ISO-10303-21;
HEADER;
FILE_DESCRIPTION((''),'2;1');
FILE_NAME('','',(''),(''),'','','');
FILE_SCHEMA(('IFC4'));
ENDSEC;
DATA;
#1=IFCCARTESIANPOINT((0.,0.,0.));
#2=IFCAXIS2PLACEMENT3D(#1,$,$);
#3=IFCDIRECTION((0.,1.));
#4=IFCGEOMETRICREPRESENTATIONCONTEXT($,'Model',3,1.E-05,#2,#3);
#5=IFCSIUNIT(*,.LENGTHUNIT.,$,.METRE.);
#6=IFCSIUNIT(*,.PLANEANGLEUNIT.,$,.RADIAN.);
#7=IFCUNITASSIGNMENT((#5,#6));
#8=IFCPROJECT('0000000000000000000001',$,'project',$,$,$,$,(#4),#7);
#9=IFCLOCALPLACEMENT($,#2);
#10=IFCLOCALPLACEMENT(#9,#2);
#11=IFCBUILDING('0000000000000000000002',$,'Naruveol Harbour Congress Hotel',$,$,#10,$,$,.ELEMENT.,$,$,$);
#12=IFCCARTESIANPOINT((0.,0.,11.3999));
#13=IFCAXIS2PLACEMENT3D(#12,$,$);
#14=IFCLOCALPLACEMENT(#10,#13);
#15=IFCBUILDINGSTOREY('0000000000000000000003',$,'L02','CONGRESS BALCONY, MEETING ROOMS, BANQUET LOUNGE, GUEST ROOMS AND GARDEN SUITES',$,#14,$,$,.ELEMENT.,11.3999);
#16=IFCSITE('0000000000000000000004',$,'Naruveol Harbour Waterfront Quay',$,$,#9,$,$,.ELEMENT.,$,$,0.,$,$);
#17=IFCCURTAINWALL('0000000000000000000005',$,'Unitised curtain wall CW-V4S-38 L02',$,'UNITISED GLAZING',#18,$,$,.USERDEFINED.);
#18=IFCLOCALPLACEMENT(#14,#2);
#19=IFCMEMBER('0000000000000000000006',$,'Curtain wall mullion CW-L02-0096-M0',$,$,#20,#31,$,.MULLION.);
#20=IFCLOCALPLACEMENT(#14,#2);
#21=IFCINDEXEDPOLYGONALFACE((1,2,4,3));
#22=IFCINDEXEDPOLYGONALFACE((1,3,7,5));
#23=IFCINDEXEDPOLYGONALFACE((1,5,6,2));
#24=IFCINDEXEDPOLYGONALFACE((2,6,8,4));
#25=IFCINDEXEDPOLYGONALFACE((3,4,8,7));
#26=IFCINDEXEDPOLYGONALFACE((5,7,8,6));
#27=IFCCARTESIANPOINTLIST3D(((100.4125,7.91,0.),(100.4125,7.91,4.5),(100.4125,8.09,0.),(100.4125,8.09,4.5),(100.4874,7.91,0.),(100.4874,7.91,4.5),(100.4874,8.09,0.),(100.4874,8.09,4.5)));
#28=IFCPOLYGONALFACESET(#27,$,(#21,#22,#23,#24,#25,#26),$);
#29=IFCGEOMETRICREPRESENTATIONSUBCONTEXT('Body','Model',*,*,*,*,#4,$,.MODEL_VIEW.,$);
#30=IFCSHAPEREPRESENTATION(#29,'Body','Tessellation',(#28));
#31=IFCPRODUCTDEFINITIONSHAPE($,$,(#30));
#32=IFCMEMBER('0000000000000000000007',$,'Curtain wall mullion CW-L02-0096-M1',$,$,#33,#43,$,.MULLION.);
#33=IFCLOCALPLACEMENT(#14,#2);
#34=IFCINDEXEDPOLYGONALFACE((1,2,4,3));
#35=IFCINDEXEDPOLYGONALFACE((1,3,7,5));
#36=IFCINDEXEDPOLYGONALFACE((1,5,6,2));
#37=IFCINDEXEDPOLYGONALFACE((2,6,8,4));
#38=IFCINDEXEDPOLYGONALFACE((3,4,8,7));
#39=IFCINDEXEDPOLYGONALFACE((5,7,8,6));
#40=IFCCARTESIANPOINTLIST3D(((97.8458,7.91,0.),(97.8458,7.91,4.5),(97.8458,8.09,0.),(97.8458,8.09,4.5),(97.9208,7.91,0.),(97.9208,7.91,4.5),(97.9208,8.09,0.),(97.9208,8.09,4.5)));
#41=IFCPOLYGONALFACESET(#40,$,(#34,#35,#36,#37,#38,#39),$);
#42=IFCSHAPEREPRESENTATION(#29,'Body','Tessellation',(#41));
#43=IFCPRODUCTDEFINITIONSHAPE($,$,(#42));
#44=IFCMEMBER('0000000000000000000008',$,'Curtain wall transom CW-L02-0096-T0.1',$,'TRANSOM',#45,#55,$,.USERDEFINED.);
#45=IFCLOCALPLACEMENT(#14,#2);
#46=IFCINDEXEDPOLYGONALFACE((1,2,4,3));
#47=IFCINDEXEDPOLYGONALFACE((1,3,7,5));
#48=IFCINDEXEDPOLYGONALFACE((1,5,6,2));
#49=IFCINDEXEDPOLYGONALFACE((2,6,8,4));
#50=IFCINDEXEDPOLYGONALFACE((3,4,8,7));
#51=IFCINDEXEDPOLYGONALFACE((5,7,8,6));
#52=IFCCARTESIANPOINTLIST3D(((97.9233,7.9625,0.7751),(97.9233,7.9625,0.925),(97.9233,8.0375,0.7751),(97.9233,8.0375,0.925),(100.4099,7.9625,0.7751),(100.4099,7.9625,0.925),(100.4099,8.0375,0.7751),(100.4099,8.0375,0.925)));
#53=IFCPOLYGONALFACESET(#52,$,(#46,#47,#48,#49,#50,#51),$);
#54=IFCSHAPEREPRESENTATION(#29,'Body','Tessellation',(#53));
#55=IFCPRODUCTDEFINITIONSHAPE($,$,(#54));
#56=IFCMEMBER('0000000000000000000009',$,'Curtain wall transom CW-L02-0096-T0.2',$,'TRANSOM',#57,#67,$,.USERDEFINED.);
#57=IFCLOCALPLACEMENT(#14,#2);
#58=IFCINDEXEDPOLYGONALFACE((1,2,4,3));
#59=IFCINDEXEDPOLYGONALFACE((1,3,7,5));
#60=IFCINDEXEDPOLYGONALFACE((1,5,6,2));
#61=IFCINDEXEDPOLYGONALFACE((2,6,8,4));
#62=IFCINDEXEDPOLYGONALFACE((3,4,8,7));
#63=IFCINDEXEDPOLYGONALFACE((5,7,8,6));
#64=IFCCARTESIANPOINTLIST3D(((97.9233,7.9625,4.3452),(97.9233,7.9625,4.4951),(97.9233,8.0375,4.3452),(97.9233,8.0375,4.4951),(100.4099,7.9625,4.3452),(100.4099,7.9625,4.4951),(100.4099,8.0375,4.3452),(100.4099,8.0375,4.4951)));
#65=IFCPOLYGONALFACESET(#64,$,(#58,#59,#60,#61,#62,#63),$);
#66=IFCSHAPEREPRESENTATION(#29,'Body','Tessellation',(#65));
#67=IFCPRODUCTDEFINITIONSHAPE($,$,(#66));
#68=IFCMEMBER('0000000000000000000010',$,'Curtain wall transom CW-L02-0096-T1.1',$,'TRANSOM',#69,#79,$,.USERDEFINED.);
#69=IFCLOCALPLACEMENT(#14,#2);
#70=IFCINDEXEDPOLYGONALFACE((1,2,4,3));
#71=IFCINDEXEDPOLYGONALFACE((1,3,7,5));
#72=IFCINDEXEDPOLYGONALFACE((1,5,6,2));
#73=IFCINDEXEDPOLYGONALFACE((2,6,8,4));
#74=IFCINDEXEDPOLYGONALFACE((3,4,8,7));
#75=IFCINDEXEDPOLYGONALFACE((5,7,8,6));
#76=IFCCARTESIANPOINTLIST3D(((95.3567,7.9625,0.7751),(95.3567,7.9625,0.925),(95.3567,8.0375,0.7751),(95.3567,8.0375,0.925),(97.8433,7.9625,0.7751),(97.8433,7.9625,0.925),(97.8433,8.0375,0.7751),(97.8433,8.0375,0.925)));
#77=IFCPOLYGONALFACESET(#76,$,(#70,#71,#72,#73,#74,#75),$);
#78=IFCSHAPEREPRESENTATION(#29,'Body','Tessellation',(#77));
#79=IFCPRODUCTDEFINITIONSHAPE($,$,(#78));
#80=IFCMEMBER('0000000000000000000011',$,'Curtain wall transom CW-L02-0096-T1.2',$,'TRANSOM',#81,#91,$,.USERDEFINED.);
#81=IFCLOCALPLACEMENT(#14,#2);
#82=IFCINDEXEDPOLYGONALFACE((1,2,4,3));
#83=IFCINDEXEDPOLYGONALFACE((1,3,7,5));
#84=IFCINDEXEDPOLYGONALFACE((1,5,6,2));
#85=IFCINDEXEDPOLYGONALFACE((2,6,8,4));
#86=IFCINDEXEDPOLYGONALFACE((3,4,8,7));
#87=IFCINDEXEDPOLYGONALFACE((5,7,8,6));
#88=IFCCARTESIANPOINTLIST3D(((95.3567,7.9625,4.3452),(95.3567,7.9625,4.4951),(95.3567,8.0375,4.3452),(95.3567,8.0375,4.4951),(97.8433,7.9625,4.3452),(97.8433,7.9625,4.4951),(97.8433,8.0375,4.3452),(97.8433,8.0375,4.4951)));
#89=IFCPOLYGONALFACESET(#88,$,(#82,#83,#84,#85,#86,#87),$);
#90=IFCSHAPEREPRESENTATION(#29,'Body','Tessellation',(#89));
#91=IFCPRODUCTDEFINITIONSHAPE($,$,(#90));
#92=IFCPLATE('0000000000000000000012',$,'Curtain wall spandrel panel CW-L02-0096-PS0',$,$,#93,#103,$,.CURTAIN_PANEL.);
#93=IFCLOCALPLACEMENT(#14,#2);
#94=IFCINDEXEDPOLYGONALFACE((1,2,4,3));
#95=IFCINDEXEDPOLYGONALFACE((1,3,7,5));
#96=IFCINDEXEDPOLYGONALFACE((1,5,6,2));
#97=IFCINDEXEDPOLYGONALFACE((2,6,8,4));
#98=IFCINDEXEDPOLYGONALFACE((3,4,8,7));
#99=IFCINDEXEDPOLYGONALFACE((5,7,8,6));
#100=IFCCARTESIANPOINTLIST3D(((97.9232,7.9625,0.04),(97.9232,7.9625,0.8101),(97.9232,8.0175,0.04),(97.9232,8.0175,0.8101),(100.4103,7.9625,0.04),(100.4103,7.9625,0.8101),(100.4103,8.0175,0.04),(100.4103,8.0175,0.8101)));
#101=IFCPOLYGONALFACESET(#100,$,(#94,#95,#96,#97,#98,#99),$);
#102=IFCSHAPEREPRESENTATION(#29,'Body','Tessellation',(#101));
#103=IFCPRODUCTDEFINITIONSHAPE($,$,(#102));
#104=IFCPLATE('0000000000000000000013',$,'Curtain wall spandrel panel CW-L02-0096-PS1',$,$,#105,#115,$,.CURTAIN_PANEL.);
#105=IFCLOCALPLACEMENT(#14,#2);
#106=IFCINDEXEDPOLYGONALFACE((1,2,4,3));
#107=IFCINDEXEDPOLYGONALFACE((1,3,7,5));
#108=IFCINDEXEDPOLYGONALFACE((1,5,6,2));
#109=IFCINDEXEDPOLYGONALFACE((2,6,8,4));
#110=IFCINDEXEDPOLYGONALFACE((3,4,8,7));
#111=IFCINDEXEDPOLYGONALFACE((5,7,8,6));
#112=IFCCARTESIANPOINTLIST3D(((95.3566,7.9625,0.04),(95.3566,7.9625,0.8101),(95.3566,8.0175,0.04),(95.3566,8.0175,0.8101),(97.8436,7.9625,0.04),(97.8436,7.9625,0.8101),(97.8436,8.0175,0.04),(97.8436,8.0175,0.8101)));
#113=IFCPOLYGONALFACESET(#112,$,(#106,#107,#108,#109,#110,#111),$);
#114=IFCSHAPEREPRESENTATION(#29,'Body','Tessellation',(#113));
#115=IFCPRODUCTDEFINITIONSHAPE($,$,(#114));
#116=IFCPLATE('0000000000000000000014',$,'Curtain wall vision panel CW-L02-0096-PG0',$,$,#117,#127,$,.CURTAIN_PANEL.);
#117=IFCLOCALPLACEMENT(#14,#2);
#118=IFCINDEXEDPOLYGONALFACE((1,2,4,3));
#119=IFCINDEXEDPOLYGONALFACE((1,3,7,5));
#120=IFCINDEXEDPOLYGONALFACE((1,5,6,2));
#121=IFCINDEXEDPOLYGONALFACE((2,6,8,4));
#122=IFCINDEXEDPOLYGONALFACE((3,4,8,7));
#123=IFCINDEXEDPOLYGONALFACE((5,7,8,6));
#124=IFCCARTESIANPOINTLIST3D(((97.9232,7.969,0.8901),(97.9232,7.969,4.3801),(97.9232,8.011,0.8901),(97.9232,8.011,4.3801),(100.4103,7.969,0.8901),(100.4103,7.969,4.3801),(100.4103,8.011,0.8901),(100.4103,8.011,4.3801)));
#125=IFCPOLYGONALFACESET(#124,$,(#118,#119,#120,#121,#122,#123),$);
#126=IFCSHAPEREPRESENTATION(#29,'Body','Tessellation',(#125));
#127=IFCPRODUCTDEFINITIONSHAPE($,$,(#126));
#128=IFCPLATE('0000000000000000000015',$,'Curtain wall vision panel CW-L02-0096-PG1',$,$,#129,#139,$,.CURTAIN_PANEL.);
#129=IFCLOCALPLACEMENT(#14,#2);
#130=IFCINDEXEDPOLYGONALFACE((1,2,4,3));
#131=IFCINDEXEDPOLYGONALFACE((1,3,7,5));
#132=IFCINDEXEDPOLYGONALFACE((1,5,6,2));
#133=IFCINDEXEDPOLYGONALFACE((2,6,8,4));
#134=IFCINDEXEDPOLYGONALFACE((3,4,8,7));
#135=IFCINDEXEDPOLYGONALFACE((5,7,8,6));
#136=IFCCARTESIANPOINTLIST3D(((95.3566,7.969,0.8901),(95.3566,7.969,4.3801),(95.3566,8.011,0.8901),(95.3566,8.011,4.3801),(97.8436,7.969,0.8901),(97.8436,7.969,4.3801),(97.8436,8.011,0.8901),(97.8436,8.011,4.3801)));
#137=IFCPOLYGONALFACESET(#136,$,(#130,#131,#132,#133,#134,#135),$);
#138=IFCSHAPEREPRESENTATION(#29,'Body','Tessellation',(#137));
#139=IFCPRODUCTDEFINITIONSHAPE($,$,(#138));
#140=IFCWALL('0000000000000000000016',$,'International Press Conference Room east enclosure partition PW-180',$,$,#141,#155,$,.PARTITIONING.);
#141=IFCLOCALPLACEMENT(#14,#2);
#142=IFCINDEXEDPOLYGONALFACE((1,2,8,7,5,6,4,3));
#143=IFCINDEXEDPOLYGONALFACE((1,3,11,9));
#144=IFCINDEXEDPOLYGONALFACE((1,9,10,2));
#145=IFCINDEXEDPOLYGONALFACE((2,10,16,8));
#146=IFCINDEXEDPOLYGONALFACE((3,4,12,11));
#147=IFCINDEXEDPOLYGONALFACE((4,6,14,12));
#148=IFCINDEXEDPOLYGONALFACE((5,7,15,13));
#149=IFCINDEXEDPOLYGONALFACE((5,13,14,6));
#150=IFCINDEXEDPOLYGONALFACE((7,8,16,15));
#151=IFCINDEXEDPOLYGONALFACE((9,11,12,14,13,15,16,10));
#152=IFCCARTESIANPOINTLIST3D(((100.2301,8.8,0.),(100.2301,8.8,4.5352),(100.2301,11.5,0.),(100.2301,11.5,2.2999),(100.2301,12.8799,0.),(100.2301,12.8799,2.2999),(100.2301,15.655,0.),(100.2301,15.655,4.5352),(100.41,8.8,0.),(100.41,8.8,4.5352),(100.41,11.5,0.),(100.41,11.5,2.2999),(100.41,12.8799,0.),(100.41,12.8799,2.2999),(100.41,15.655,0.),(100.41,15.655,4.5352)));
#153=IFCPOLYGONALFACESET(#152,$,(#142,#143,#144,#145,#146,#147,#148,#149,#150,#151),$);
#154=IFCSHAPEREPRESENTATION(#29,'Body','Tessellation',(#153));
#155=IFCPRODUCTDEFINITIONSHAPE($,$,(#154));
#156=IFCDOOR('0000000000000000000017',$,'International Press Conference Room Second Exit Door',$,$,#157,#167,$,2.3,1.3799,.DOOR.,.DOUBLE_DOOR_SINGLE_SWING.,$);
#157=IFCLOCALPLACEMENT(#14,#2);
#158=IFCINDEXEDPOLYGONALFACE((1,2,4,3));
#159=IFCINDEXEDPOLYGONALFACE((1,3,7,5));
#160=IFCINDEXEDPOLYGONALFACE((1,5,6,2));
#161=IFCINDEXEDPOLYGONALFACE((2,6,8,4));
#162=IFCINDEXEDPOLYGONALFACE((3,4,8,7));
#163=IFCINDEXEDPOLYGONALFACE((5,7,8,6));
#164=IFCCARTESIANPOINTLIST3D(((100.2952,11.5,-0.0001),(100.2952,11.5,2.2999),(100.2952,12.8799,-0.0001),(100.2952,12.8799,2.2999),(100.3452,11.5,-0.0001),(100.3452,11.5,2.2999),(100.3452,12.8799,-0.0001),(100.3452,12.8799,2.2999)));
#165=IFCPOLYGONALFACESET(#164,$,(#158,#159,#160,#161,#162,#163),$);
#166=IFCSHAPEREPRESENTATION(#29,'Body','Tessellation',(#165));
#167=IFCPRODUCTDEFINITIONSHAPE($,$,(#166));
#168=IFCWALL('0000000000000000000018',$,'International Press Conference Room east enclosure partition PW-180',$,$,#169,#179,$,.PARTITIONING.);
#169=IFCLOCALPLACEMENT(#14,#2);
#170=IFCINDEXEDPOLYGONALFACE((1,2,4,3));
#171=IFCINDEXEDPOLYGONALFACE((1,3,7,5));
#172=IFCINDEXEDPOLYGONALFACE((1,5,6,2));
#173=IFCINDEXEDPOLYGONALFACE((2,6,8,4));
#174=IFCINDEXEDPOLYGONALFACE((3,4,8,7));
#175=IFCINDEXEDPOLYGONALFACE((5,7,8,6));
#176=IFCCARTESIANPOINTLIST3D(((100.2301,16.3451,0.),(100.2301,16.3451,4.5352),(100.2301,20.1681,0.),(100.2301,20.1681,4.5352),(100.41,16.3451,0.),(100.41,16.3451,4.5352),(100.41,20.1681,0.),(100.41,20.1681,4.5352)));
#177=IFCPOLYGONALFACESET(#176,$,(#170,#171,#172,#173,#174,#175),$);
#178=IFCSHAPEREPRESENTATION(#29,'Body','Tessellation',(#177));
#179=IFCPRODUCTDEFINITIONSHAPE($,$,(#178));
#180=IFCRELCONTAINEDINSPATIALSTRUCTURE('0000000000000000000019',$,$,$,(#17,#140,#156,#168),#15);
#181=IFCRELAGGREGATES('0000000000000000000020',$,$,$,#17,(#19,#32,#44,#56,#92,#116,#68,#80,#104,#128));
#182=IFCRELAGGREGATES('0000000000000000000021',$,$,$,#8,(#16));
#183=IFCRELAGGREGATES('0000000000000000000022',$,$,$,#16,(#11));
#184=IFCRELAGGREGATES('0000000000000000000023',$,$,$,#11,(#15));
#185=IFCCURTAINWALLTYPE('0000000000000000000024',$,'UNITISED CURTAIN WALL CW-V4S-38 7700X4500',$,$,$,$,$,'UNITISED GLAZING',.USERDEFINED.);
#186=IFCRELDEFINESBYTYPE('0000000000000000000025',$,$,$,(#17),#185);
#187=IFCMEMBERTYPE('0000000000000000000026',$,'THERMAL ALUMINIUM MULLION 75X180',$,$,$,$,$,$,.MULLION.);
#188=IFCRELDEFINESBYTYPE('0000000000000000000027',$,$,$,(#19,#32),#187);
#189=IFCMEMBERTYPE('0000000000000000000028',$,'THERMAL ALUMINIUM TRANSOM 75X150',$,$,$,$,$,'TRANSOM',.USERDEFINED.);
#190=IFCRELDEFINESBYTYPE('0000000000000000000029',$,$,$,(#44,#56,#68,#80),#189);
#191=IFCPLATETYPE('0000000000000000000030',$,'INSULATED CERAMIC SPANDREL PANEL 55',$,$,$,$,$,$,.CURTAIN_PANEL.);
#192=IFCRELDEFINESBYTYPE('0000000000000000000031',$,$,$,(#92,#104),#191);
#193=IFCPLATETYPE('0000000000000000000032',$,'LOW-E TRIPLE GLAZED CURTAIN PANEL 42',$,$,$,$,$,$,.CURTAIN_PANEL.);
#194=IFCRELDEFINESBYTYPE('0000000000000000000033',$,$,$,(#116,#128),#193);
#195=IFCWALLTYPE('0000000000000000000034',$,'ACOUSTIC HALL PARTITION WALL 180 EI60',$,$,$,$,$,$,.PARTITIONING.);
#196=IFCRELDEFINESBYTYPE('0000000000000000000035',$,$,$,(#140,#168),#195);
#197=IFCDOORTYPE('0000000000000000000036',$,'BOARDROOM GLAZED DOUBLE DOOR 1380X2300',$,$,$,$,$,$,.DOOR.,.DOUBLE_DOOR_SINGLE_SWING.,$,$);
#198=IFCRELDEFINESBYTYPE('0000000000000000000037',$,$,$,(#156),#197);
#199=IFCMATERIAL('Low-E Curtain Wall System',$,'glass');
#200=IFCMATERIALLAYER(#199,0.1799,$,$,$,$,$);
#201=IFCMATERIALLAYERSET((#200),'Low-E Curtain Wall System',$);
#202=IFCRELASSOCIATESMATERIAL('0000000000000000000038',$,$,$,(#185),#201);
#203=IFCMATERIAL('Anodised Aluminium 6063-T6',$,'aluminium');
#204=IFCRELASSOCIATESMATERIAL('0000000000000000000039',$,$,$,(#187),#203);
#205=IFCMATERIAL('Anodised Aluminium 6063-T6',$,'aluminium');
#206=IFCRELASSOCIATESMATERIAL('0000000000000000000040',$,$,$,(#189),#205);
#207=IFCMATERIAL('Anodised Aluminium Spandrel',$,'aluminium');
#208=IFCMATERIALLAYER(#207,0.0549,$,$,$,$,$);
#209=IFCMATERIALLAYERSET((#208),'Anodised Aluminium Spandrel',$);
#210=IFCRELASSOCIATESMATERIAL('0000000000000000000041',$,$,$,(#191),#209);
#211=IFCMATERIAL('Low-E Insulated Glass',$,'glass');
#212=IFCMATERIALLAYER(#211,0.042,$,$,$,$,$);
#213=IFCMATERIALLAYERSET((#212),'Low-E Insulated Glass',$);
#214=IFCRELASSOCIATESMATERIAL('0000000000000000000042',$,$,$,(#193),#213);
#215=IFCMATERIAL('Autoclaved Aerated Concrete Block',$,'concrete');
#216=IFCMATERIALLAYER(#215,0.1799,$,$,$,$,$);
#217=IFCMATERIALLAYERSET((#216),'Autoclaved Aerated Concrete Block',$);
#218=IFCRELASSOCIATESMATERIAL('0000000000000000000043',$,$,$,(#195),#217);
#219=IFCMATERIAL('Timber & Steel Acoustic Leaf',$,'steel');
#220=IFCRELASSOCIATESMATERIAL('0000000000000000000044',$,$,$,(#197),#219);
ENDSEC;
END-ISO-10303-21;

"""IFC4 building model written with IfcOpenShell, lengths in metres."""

from ifc_helpers import new_model, si_unit, direction, frame, frame_2d, origin, origin_2d, place, context, subcontext, project, spatial, rectangle, extrude, material, layer, layer_set, material_profile, profile_set, type_object, element, fill, aggregate, save


model = new_model("IFC4")

# Units and contexts
model_context = context("Model", 3, precision=1e-05, world=origin(), true_north=direction((0.0, 1.0)))
body_context = subcontext(model_context, "Body", "Model", "MODEL_VIEW")
ifc_project = project(units=[si_unit("LENGTHUNIT", "METRE"), si_unit("PLANEANGLEUNIT", "RADIAN")], contexts=[model_context])

# Site, building, storey
site_placement = place(None, origin())
site = spatial("IfcSite", under=ifc_project, at=site_placement, Name="Naruveol Harbour Waterfront Quay", CompositionType="ELEMENT", RefElevation=0.0)
building_placement = place(site_placement, origin())
building = spatial("IfcBuilding", under=site, at=building_placement, Name="Naruveol Harbour Congress Hotel", CompositionType="ELEMENT")
storey_placement = place(building_placement, frame((0.0, 0.0, 11.3999)))
storey = spatial("IfcBuildingStorey", under=building, at=storey_placement, Name="L02", Description="CONGRESS BALCONY, MEETING ROOMS, BANQUET LOUNGE, GUEST ROOMS AND GARDEN SUITES", CompositionType="ELEMENT", Elevation=11.3999)

# Curtain wall, members, plates
ifc_material_1 = material(Name="Low-E Curtain Wall System", Category="glass")
ifc_layer_1 = layer(ifc_material_1, 0.1799)
ifc_layer_set_1 = layer_set([ifc_layer_1], Name="Low-E Curtain Wall System")
curtain_wall_type = type_object("IfcCurtainWallType", Name="UNITISED CURTAIN WALL CW-V4S-38 7700X4500", ElementType="UNITISED GLAZING", PredefinedType="USERDEFINED", material=ifc_layer_set_1)
curtain_wall_placement = place(storey_placement, origin())
curtain_wall = element("IfcCurtainWall", 1, at=curtain_wall_placement, inside=storey, type_object=curtain_wall_type, Name="Unitised curtain wall CW-V4S-38 L02", ObjectType="UNITISED GLAZING", PredefinedType="USERDEFINED")
ifc_material_2 = material(Name="Anodised Aluminium 6063-T6", Category="aluminium")
ifc_material_profile_1 = material_profile(ifc_material_2, rectangle(XDim=0.075, YDim=0.1799, at=origin_2d()), Name="ALU-75x180")
ifc_profile_set_1 = profile_set([ifc_material_profile_1], Name="Anodised Aluminium 6063-T6")
member_type_1 = type_object("IfcMemberType", Name="THERMAL ALUMINIUM MULLION 75X180", PredefinedType="MULLION", material=ifc_profile_set_1)
member_1_placement = place(storey_placement, frame((100.45, 8.0, 0.0), z_axis=(0.0, 0.0, 1.0), x_axis=(1.0, 0.0, 0.0)))
member_1 = element("IfcMember", 2, at=member_1_placement, type_object=member_type_1, Name="Curtain wall mullion CW-L02-0096-M0", PredefinedType="MULLION", context=body_context, shape_type="SweptSolid", body=[
    extrude(rectangle(XDim=0.075, YDim=0.1799, at=origin_2d()), origin(), (0.0, 0.0, 1.0), 4.5),
])
member_2_placement = place(storey_placement, frame((97.8833, 8.0, 0.0), z_axis=(0.0, 0.0, 1.0), x_axis=(1.0, 0.0, 0.0)))
member_2 = element("IfcMember", 3, at=member_2_placement, type_object=member_type_1, Name="Curtain wall mullion CW-L02-0096-M1", PredefinedType="MULLION", context=body_context, shape_type="SweptSolid", body=[
    extrude(rectangle(XDim=0.075, YDim=0.1799, at=origin_2d()), origin(), (0.0, 0.0, 1.0), 4.5),
])
ifc_material_3 = material(Name="Anodised Aluminium 6063-T6", Category="aluminium")
ifc_material_profile_2 = material_profile(ifc_material_3, rectangle(XDim=0.075, YDim=0.1499, at=origin_2d()), Name="ALU-75x150")
ifc_profile_set_2 = profile_set([ifc_material_profile_2], Name="Anodised Aluminium 6063-T6")
member_type_2 = type_object("IfcMemberType", Name="THERMAL ALUMINIUM TRANSOM 75X150", ElementType="TRANSOM", PredefinedType="USERDEFINED", material=ifc_profile_set_2)
member_3_placement = place(storey_placement, frame((100.4099, 8.0, 0.8501), z_axis=(-1.0, 0.0, 0.0), x_axis=(0.0, -1.0, 0.0)))
member_3 = element("IfcMember", 4, at=member_3_placement, type_object=member_type_2, Name="Curtain wall transom CW-L02-0096-T0.1", ObjectType="TRANSOM", PredefinedType="USERDEFINED", context=body_context, shape_type="SweptSolid", body=[
    extrude(rectangle(XDim=0.075, YDim=0.1499, at=origin_2d()), origin(), (0.0, 0.0, 1.0), 2.4866),
])
member_4_placement = place(storey_placement, frame((100.4099, 8.0, 4.4202), z_axis=(-1.0, 0.0, 0.0), x_axis=(0.0, -1.0, 0.0)))
member_4 = element("IfcMember", 5, at=member_4_placement, type_object=member_type_2, Name="Curtain wall transom CW-L02-0096-T0.2", ObjectType="TRANSOM", PredefinedType="USERDEFINED", context=body_context, shape_type="SweptSolid", body=[
    extrude(rectangle(XDim=0.075, YDim=0.1499, at=origin_2d()), origin(), (0.0, 0.0, 1.0), 2.4866),
])
member_5_placement = place(storey_placement, frame((97.8433, 8.0, 0.8501), z_axis=(-1.0, 0.0, 0.0), x_axis=(0.0, -1.0, 0.0)))
member_5 = element("IfcMember", 6, at=member_5_placement, type_object=member_type_2, Name="Curtain wall transom CW-L02-0096-T1.1", ObjectType="TRANSOM", PredefinedType="USERDEFINED", context=body_context, shape_type="SweptSolid", body=[
    extrude(rectangle(XDim=0.075, YDim=0.1499, at=origin_2d()), origin(), (0.0, 0.0, 1.0), 2.4866),
])
member_6_placement = place(storey_placement, frame((97.8433, 8.0, 4.4202), z_axis=(-1.0, 0.0, 0.0), x_axis=(0.0, -1.0, 0.0)))
member_6 = element("IfcMember", 7, at=member_6_placement, type_object=member_type_2, Name="Curtain wall transom CW-L02-0096-T1.2", ObjectType="TRANSOM", PredefinedType="USERDEFINED", context=body_context, shape_type="SweptSolid", body=[
    extrude(rectangle(XDim=0.075, YDim=0.1499, at=origin_2d()), origin(), (0.0, 0.0, 1.0), 2.4866),
])
ifc_material_4 = material(Name="Anodised Aluminium Spandrel", Category="aluminium")
ifc_layer_2 = layer(ifc_material_4, 0.0549)
ifc_layer_set_2 = layer_set([ifc_layer_2], Name="Anodised Aluminium Spandrel")
plate_type_1 = type_object("IfcPlateType", Name="INSULATED CERAMIC SPANDREL PANEL 55", PredefinedType="CURTAIN_PANEL", material=ifc_layer_set_2)
plate_1_placement = place(storey_placement, frame((99.1667, 7.99, 0.04), z_axis=(0.0, 0.0, 1.0), x_axis=(-1.0, 0.0, 0.0)))
plate_1 = element("IfcPlate", 8, at=plate_1_placement, type_object=plate_type_1, Name="Curtain wall spandrel panel CW-L02-0096-PS0", PredefinedType="CURTAIN_PANEL", context=body_context, shape_type="SweptSolid", body=[
    extrude(rectangle(XDim=2.4871, YDim=0.0549, at=origin_2d()), origin(), (0.0, 0.0, 1.0), 0.77),
])
plate_2_placement = place(storey_placement, frame((96.6001, 7.99, 0.04), z_axis=(0.0, 0.0, 1.0), x_axis=(-1.0, 0.0, 0.0)))
plate_2 = element("IfcPlate", 9, at=plate_2_placement, type_object=plate_type_1, Name="Curtain wall spandrel panel CW-L02-0096-PS1", PredefinedType="CURTAIN_PANEL", context=body_context, shape_type="SweptSolid", body=[
    extrude(rectangle(XDim=2.4871, YDim=0.0549, at=origin_2d()), origin(), (0.0, 0.0, 1.0), 0.77),
])
ifc_material_5 = material(Name="Low-E Insulated Glass", Category="glass")
ifc_layer_3 = layer(ifc_material_5, 0.042)
ifc_layer_set_3 = layer_set([ifc_layer_3], Name="Low-E Insulated Glass")
plate_type_2 = type_object("IfcPlateType", Name="LOW-E TRIPLE GLAZED CURTAIN PANEL 42", PredefinedType="CURTAIN_PANEL", material=ifc_layer_set_3)
plate_3_placement = place(storey_placement, frame((99.1667, 7.99, 0.8901), z_axis=(0.0, 0.0, 1.0), x_axis=(-1.0, 0.0, 0.0)))
plate_3 = element("IfcPlate", 10, at=plate_3_placement, type_object=plate_type_2, Name="Curtain wall vision panel CW-L02-0096-PG0", PredefinedType="CURTAIN_PANEL", context=body_context, shape_type="SweptSolid", body=[
    extrude(rectangle(XDim=2.4871, YDim=0.042, at=origin_2d()), origin(), (0.0, 0.0, 1.0), 3.49),
])
plate_4_placement = place(storey_placement, frame((96.6001, 7.99, 0.8901), z_axis=(0.0, 0.0, 1.0), x_axis=(-1.0, 0.0, 0.0)))
plate_4 = element("IfcPlate", 11, at=plate_4_placement, type_object=plate_type_2, Name="Curtain wall vision panel CW-L02-0096-PG1", PredefinedType="CURTAIN_PANEL", context=body_context, shape_type="SweptSolid", body=[
    extrude(rectangle(XDim=2.4871, YDim=0.042, at=origin_2d()), origin(), (0.0, 0.0, 1.0), 3.49),
])
aggregate(curtain_wall, [member_1, member_2, member_3, member_4, plate_1, plate_3, member_5, member_6, plate_2, plate_4])

# Wall, opening, door
ifc_material_6 = material(Name="Autoclaved Aerated Concrete Block", Category="concrete")
ifc_layer_4 = layer(ifc_material_6, 0.1799)
ifc_layer_set_4 = layer_set([ifc_layer_4], Name="Autoclaved Aerated Concrete Block")
wall_type_1 = type_object("IfcWallType", Name="ACOUSTIC HALL PARTITION WALL 180 EI60", PredefinedType="PARTITIONING", material=ifc_layer_set_4)
wall_1_placement = place(storey_placement, frame((100.3201, 8.8, 0.0), z_axis=(0.0, 0.0, 1.0), x_axis=(0.0, 1.0, 0.0)))
wall_1 = element("IfcWall", 12, at=wall_1_placement, inside=storey, type_object=wall_type_1, Name="International Press Conference Room east enclosure partition PW-180", PredefinedType="PARTITIONING", context=body_context, shape_type="SweptSolid", body=[
    extrude(rectangle(XDim=6.855, YDim=0.1799, at=frame_2d((3.4275, 0.0))), origin(), (0.0, 0.0, 1.0), 4.5352),
])
opening_1_placement = place(wall_1_placement, frame((2.7, 0.0, 0.0)))
opening_1 = element("IfcOpeningElement", 13, at=opening_1_placement, cuts=wall_1, PredefinedType="OPENING", context=body_context, shape_type="SweptSolid", body=[
    extrude(rectangle(XDim=1.3799, YDim=2.3, at=frame_2d((0.6899, 1.1499))), frame((0.0, 0.0999, 0.0), z_axis=(0.0, -1.0, 0.0), x_axis=(1.0, 0.0, 0.0)), (0.0, 0.0, 1.0), 0.2),
])
ifc_material_7 = material(Name="Timber & Steel Acoustic Leaf", Category="steel")
door_type = type_object("IfcDoorType", Name="BOARDROOM GLAZED DOUBLE DOOR 1380X2300", OperationType="DOUBLE_DOOR_SINGLE_SWING", PredefinedType="DOOR", material=ifc_material_7)
door_placement = place(opening_1_placement, origin())
door = element("IfcDoor", 14, at=door_placement, inside=storey, type_object=door_type, Name="International Press Conference Room Second Exit Door", OperationType="DOUBLE_DOOR_SINGLE_SWING", OverallHeight=2.3, OverallWidth=1.3799, PredefinedType="DOOR", context=body_context, shape_type="SweptSolid", body=[
    extrude(rectangle(XDim=1.3799, YDim=2.3, at=frame_2d((0.6899, 1.1499))), frame((0.0, 0.0249, 0.0), z_axis=(0.0, -1.0, 0.0), x_axis=(1.0, 0.0, 0.0)), (0.0, 0.0, 1.0), 0.05),
])
fill(opening_1, door)

# Wall
wall_2_placement = place(storey_placement, frame((100.3201, 16.345, 0.0), z_axis=(0.0, 0.0, 1.0), x_axis=(0.0, 1.0, 0.0)))
element("IfcWall", 15, at=wall_2_placement, inside=storey, type_object=wall_type_1, Name="International Press Conference Room east enclosure partition PW-180", PredefinedType="PARTITIONING", context=body_context, shape_type="SweptSolid", body=[
    extrude(rectangle(XDim=3.823, YDim=0.1799, at=frame_2d((1.9116, 0.0))), origin(), (0.0, 0.0, 1.0), 4.5352),
])

save(model, "model.ifc")
